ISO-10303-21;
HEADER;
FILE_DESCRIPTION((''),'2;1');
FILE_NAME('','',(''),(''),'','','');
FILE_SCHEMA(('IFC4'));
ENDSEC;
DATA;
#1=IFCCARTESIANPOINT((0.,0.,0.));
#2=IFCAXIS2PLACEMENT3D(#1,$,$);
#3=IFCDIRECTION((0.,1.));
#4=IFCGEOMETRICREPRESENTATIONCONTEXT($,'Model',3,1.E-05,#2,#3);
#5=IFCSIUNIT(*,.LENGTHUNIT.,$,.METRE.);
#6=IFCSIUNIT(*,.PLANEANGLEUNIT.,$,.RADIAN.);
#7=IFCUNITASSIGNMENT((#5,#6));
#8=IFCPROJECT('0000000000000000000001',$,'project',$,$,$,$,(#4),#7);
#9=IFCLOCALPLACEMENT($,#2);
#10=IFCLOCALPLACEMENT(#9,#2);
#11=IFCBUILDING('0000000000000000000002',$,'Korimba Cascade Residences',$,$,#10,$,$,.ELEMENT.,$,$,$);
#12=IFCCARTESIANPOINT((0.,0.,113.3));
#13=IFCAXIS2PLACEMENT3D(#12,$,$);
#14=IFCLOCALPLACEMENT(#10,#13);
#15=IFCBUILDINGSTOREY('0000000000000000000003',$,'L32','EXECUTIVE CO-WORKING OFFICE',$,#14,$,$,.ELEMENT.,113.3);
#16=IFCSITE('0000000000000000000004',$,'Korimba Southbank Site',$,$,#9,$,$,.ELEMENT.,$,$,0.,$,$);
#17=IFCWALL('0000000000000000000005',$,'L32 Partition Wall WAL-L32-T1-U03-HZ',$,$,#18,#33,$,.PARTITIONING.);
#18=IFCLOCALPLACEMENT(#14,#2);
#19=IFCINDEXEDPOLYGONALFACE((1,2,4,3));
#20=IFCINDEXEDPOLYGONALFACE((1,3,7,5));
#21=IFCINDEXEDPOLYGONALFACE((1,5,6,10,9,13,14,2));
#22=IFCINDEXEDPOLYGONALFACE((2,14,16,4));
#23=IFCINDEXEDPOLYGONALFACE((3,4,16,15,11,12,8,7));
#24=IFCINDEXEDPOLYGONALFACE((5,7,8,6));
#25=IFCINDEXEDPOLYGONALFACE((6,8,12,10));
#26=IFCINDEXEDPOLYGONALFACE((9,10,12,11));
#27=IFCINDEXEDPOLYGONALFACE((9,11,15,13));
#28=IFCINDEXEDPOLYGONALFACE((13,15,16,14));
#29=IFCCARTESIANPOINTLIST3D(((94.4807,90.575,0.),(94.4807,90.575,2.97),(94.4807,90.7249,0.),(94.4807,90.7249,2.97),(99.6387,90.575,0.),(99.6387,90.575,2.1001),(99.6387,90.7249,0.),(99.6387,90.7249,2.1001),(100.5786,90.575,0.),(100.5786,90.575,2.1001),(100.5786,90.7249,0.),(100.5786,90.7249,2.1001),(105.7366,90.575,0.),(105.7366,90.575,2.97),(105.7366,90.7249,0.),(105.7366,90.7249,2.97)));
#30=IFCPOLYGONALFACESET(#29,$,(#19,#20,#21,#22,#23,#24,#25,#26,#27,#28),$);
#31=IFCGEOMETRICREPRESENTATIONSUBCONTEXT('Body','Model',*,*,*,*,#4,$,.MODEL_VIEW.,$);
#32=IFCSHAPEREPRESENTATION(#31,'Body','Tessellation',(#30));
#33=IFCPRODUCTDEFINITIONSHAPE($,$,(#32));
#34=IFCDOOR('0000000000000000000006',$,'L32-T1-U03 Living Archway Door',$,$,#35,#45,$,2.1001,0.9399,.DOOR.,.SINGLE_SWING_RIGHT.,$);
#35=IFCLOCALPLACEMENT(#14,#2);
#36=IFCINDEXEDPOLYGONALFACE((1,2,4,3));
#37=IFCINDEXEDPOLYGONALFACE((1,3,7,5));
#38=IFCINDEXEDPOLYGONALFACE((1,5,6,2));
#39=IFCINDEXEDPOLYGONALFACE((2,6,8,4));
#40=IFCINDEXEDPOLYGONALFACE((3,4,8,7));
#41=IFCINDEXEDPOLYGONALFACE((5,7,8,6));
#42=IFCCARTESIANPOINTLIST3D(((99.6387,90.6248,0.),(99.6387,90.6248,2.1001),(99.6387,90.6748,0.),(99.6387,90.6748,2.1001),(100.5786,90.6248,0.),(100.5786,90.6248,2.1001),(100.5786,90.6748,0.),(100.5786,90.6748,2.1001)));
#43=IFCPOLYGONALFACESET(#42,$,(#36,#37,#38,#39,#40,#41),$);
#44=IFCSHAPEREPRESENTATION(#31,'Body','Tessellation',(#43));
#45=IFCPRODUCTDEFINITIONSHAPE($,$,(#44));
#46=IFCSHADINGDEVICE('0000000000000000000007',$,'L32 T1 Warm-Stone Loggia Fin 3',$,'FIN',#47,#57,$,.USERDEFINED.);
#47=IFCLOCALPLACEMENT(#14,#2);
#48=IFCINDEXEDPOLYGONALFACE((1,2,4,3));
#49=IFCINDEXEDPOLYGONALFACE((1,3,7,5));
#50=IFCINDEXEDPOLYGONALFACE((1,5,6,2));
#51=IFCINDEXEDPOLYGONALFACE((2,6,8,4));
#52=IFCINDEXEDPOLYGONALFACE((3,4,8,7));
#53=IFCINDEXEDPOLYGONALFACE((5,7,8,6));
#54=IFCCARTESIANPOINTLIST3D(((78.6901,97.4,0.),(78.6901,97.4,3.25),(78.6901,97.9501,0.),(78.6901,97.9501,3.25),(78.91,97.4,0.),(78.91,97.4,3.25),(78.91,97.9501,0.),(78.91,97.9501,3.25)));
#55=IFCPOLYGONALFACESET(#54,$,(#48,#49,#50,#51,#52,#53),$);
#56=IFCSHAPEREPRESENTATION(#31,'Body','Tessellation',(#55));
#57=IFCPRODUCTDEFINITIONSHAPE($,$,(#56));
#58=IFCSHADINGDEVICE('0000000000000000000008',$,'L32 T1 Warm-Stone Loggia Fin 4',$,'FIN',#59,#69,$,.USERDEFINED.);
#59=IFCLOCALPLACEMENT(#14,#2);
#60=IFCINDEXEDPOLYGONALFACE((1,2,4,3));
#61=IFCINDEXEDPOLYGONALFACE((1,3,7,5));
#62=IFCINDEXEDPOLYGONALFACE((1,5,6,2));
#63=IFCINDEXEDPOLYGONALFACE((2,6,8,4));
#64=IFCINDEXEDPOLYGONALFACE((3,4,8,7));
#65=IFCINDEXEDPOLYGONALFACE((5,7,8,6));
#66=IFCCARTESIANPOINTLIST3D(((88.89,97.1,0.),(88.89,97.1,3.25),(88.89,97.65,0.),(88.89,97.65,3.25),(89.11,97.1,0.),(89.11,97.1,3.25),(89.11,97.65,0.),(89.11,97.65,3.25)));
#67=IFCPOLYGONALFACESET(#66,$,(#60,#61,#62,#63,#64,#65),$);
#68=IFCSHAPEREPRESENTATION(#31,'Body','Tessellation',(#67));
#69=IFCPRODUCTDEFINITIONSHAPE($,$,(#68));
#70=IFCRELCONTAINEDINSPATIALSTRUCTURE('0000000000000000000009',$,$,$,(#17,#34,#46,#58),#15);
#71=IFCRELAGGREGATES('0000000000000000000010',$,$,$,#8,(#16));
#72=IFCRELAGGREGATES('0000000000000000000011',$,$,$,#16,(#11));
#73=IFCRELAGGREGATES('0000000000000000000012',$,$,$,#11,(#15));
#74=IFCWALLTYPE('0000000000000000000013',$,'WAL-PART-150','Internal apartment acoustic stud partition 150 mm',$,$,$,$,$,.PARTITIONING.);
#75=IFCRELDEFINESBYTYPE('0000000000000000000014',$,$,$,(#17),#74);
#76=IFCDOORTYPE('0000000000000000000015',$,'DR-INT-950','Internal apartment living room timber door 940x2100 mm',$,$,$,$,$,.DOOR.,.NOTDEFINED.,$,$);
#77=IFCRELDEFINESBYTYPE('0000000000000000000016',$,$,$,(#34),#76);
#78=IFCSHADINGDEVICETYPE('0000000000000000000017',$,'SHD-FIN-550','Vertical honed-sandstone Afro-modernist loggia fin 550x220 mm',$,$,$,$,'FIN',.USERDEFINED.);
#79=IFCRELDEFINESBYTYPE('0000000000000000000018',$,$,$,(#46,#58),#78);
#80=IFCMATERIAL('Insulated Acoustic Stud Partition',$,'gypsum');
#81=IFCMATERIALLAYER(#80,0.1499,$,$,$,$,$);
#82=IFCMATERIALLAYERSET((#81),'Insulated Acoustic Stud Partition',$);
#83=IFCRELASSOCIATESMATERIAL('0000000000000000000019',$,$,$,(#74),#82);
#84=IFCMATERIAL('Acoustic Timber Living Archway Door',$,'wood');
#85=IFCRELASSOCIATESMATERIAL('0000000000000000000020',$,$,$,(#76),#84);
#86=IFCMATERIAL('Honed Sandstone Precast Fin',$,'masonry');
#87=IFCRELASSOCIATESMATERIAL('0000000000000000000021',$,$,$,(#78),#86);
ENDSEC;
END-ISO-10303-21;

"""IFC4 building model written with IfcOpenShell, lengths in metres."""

from ifc_helpers import new_model, si_unit, direction, frame, frame_2d, origin, origin_2d, place, context, subcontext, project, spatial, rectangle, extrude, material, layer, layer_set, type_object, element, fill, save


model = new_model("IFC4")

# Units and contexts
model_context = context("Model", 3, precision=1e-05, world=origin(), true_north=direction((0.0, 1.0)))
body_context = subcontext(model_context, "Body", "Model", "MODEL_VIEW")
ifc_project = project(units=[si_unit("LENGTHUNIT", "METRE"), si_unit("PLANEANGLEUNIT", "RADIAN")], contexts=[model_context])

# Site, building, storey
site_placement = place(None, origin())
site = spatial("IfcSite", under=ifc_project, at=site_placement, Name="Korimba Southbank Site", CompositionType="ELEMENT", RefElevation=0.0)
building_placement = place(site_placement, origin())
building = spatial("IfcBuilding", under=site, at=building_placement, Name="Korimba Cascade Residences", CompositionType="ELEMENT")
storey_placement = place(building_placement, frame((0.0, 0.0, 113.3)))
storey = spatial("IfcBuildingStorey", under=building, at=storey_placement, Name="L32", Description="EXECUTIVE CO-WORKING OFFICE", CompositionType="ELEMENT", Elevation=113.3)

# Shared definitions
ifc_material_1 = material(Name="Insulated Acoustic Stud Partition", Category="gypsum")
ifc_layer_1 = layer(ifc_material_1, 0.1499)
ifc_layer_set_1 = layer_set([ifc_layer_1], Name="Insulated Acoustic Stud Partition")
wall_type_1 = type_object("IfcWallType", Name="WAL-PART-150", Description="Internal apartment acoustic stud partition 150 mm", PredefinedType="PARTITIONING", material=ifc_layer_set_1)

# Wall, opening, door
wall_1_placement = place(storey_placement, frame((94.4807, 90.6499, 0.0), z_axis=(0.0, 0.0, 1.0), x_axis=(1.0, 0.0, 0.0)))
wall_1 = element("IfcWall", 1, at=wall_1_placement, inside=storey, type_object=wall_type_1, Name="L32 Partition Wall WAL-L32-T1-U03-HZ", PredefinedType="PARTITIONING", context=body_context, shape_type="SweptSolid", body=[
    extrude(rectangle(XDim=11.2559, YDim=0.1499, at=frame_2d((5.6279, 0.0))), origin(), (0.0, 0.0, 1.0), 2.97),
])
opening_1_placement = place(wall_1_placement, frame((5.158, 0.0, 0.0)))
opening_1 = element("IfcOpeningElement", 2, at=opening_1_placement, cuts=wall_1, PredefinedType="OPENING", context=body_context, shape_type="SweptSolid", body=[
    extrude(rectangle(XDim=0.9399, YDim=2.1001, at=frame_2d((0.47, 1.05))), frame((0.0, 0.085, 0.0), z_axis=(0.0, -1.0, 0.0), x_axis=(1.0, 0.0, 0.0)), (0.0, 0.0, 1.0), 0.1699),
])
ifc_material_2 = material(Name="Acoustic Timber Living Archway Door", Category="wood")
door_type_1 = type_object("IfcDoorType", Name="DR-INT-950", Description="Internal apartment living room timber door 940x2100 mm", OperationType="NOTDEFINED", PredefinedType="DOOR", material=ifc_material_2)
door_1_placement = place(opening_1_placement, origin())
door_1 = element("IfcDoor", 3, at=door_1_placement, inside=storey, type_object=door_type_1, Name="L32-T1-U03 Living Archway Door", OperationType="SINGLE_SWING_RIGHT", OverallHeight=2.1001, OverallWidth=0.9399, PredefinedType="DOOR", context=body_context, shape_type="SweptSolid", body=[
    extrude(rectangle(XDim=0.9399, YDim=2.1001, at=frame_2d((0.47, 1.05))), frame((0.0, 0.0249, 0.0), z_axis=(0.0, -1.0, 0.0), x_axis=(1.0, 0.0, 0.0)), (0.0, 0.0, 1.0), 0.05),
])
fill(opening_1, door_1)

# Shading devices
ifc_material_3 = material(Name="Honed Sandstone Precast Fin", Category="masonry")
shading_device_type = type_object("IfcShadingDeviceType", Name="SHD-FIN-550", Description="Vertical honed-sandstone Afro-modernist loggia fin 550x220 mm", ElementType="FIN", PredefinedType="USERDEFINED", material=ifc_material_3)
for number, where, z_axis, x_axis, name in (
    (4, (78.8, 97.675, 0.0), (0.0, 0.0, 1.0), (1.0, 0.0, 0.0), "L32 T1 Warm-Stone Loggia Fin 3"),
    (5, (89.0, 97.375, 0.0), (0.0, 0.0, 1.0), (1.0, 0.0, 0.0), "L32 T1 Warm-Stone Loggia Fin 4"),
):
    element("IfcShadingDevice", number, at=place(storey_placement, frame(where, z_axis=z_axis, x_axis=x_axis)), inside=storey, type_object=shading_device_type, Name=name, ObjectType="FIN", PredefinedType="USERDEFINED", context=body_context, shape_type="SweptSolid", body=[
        extrude(rectangle(XDim=0.22, YDim=0.55, at=origin_2d()), origin(), (0.0, 0.0, 1.0), 3.25),
    ])

save(model, "model.ifc")
